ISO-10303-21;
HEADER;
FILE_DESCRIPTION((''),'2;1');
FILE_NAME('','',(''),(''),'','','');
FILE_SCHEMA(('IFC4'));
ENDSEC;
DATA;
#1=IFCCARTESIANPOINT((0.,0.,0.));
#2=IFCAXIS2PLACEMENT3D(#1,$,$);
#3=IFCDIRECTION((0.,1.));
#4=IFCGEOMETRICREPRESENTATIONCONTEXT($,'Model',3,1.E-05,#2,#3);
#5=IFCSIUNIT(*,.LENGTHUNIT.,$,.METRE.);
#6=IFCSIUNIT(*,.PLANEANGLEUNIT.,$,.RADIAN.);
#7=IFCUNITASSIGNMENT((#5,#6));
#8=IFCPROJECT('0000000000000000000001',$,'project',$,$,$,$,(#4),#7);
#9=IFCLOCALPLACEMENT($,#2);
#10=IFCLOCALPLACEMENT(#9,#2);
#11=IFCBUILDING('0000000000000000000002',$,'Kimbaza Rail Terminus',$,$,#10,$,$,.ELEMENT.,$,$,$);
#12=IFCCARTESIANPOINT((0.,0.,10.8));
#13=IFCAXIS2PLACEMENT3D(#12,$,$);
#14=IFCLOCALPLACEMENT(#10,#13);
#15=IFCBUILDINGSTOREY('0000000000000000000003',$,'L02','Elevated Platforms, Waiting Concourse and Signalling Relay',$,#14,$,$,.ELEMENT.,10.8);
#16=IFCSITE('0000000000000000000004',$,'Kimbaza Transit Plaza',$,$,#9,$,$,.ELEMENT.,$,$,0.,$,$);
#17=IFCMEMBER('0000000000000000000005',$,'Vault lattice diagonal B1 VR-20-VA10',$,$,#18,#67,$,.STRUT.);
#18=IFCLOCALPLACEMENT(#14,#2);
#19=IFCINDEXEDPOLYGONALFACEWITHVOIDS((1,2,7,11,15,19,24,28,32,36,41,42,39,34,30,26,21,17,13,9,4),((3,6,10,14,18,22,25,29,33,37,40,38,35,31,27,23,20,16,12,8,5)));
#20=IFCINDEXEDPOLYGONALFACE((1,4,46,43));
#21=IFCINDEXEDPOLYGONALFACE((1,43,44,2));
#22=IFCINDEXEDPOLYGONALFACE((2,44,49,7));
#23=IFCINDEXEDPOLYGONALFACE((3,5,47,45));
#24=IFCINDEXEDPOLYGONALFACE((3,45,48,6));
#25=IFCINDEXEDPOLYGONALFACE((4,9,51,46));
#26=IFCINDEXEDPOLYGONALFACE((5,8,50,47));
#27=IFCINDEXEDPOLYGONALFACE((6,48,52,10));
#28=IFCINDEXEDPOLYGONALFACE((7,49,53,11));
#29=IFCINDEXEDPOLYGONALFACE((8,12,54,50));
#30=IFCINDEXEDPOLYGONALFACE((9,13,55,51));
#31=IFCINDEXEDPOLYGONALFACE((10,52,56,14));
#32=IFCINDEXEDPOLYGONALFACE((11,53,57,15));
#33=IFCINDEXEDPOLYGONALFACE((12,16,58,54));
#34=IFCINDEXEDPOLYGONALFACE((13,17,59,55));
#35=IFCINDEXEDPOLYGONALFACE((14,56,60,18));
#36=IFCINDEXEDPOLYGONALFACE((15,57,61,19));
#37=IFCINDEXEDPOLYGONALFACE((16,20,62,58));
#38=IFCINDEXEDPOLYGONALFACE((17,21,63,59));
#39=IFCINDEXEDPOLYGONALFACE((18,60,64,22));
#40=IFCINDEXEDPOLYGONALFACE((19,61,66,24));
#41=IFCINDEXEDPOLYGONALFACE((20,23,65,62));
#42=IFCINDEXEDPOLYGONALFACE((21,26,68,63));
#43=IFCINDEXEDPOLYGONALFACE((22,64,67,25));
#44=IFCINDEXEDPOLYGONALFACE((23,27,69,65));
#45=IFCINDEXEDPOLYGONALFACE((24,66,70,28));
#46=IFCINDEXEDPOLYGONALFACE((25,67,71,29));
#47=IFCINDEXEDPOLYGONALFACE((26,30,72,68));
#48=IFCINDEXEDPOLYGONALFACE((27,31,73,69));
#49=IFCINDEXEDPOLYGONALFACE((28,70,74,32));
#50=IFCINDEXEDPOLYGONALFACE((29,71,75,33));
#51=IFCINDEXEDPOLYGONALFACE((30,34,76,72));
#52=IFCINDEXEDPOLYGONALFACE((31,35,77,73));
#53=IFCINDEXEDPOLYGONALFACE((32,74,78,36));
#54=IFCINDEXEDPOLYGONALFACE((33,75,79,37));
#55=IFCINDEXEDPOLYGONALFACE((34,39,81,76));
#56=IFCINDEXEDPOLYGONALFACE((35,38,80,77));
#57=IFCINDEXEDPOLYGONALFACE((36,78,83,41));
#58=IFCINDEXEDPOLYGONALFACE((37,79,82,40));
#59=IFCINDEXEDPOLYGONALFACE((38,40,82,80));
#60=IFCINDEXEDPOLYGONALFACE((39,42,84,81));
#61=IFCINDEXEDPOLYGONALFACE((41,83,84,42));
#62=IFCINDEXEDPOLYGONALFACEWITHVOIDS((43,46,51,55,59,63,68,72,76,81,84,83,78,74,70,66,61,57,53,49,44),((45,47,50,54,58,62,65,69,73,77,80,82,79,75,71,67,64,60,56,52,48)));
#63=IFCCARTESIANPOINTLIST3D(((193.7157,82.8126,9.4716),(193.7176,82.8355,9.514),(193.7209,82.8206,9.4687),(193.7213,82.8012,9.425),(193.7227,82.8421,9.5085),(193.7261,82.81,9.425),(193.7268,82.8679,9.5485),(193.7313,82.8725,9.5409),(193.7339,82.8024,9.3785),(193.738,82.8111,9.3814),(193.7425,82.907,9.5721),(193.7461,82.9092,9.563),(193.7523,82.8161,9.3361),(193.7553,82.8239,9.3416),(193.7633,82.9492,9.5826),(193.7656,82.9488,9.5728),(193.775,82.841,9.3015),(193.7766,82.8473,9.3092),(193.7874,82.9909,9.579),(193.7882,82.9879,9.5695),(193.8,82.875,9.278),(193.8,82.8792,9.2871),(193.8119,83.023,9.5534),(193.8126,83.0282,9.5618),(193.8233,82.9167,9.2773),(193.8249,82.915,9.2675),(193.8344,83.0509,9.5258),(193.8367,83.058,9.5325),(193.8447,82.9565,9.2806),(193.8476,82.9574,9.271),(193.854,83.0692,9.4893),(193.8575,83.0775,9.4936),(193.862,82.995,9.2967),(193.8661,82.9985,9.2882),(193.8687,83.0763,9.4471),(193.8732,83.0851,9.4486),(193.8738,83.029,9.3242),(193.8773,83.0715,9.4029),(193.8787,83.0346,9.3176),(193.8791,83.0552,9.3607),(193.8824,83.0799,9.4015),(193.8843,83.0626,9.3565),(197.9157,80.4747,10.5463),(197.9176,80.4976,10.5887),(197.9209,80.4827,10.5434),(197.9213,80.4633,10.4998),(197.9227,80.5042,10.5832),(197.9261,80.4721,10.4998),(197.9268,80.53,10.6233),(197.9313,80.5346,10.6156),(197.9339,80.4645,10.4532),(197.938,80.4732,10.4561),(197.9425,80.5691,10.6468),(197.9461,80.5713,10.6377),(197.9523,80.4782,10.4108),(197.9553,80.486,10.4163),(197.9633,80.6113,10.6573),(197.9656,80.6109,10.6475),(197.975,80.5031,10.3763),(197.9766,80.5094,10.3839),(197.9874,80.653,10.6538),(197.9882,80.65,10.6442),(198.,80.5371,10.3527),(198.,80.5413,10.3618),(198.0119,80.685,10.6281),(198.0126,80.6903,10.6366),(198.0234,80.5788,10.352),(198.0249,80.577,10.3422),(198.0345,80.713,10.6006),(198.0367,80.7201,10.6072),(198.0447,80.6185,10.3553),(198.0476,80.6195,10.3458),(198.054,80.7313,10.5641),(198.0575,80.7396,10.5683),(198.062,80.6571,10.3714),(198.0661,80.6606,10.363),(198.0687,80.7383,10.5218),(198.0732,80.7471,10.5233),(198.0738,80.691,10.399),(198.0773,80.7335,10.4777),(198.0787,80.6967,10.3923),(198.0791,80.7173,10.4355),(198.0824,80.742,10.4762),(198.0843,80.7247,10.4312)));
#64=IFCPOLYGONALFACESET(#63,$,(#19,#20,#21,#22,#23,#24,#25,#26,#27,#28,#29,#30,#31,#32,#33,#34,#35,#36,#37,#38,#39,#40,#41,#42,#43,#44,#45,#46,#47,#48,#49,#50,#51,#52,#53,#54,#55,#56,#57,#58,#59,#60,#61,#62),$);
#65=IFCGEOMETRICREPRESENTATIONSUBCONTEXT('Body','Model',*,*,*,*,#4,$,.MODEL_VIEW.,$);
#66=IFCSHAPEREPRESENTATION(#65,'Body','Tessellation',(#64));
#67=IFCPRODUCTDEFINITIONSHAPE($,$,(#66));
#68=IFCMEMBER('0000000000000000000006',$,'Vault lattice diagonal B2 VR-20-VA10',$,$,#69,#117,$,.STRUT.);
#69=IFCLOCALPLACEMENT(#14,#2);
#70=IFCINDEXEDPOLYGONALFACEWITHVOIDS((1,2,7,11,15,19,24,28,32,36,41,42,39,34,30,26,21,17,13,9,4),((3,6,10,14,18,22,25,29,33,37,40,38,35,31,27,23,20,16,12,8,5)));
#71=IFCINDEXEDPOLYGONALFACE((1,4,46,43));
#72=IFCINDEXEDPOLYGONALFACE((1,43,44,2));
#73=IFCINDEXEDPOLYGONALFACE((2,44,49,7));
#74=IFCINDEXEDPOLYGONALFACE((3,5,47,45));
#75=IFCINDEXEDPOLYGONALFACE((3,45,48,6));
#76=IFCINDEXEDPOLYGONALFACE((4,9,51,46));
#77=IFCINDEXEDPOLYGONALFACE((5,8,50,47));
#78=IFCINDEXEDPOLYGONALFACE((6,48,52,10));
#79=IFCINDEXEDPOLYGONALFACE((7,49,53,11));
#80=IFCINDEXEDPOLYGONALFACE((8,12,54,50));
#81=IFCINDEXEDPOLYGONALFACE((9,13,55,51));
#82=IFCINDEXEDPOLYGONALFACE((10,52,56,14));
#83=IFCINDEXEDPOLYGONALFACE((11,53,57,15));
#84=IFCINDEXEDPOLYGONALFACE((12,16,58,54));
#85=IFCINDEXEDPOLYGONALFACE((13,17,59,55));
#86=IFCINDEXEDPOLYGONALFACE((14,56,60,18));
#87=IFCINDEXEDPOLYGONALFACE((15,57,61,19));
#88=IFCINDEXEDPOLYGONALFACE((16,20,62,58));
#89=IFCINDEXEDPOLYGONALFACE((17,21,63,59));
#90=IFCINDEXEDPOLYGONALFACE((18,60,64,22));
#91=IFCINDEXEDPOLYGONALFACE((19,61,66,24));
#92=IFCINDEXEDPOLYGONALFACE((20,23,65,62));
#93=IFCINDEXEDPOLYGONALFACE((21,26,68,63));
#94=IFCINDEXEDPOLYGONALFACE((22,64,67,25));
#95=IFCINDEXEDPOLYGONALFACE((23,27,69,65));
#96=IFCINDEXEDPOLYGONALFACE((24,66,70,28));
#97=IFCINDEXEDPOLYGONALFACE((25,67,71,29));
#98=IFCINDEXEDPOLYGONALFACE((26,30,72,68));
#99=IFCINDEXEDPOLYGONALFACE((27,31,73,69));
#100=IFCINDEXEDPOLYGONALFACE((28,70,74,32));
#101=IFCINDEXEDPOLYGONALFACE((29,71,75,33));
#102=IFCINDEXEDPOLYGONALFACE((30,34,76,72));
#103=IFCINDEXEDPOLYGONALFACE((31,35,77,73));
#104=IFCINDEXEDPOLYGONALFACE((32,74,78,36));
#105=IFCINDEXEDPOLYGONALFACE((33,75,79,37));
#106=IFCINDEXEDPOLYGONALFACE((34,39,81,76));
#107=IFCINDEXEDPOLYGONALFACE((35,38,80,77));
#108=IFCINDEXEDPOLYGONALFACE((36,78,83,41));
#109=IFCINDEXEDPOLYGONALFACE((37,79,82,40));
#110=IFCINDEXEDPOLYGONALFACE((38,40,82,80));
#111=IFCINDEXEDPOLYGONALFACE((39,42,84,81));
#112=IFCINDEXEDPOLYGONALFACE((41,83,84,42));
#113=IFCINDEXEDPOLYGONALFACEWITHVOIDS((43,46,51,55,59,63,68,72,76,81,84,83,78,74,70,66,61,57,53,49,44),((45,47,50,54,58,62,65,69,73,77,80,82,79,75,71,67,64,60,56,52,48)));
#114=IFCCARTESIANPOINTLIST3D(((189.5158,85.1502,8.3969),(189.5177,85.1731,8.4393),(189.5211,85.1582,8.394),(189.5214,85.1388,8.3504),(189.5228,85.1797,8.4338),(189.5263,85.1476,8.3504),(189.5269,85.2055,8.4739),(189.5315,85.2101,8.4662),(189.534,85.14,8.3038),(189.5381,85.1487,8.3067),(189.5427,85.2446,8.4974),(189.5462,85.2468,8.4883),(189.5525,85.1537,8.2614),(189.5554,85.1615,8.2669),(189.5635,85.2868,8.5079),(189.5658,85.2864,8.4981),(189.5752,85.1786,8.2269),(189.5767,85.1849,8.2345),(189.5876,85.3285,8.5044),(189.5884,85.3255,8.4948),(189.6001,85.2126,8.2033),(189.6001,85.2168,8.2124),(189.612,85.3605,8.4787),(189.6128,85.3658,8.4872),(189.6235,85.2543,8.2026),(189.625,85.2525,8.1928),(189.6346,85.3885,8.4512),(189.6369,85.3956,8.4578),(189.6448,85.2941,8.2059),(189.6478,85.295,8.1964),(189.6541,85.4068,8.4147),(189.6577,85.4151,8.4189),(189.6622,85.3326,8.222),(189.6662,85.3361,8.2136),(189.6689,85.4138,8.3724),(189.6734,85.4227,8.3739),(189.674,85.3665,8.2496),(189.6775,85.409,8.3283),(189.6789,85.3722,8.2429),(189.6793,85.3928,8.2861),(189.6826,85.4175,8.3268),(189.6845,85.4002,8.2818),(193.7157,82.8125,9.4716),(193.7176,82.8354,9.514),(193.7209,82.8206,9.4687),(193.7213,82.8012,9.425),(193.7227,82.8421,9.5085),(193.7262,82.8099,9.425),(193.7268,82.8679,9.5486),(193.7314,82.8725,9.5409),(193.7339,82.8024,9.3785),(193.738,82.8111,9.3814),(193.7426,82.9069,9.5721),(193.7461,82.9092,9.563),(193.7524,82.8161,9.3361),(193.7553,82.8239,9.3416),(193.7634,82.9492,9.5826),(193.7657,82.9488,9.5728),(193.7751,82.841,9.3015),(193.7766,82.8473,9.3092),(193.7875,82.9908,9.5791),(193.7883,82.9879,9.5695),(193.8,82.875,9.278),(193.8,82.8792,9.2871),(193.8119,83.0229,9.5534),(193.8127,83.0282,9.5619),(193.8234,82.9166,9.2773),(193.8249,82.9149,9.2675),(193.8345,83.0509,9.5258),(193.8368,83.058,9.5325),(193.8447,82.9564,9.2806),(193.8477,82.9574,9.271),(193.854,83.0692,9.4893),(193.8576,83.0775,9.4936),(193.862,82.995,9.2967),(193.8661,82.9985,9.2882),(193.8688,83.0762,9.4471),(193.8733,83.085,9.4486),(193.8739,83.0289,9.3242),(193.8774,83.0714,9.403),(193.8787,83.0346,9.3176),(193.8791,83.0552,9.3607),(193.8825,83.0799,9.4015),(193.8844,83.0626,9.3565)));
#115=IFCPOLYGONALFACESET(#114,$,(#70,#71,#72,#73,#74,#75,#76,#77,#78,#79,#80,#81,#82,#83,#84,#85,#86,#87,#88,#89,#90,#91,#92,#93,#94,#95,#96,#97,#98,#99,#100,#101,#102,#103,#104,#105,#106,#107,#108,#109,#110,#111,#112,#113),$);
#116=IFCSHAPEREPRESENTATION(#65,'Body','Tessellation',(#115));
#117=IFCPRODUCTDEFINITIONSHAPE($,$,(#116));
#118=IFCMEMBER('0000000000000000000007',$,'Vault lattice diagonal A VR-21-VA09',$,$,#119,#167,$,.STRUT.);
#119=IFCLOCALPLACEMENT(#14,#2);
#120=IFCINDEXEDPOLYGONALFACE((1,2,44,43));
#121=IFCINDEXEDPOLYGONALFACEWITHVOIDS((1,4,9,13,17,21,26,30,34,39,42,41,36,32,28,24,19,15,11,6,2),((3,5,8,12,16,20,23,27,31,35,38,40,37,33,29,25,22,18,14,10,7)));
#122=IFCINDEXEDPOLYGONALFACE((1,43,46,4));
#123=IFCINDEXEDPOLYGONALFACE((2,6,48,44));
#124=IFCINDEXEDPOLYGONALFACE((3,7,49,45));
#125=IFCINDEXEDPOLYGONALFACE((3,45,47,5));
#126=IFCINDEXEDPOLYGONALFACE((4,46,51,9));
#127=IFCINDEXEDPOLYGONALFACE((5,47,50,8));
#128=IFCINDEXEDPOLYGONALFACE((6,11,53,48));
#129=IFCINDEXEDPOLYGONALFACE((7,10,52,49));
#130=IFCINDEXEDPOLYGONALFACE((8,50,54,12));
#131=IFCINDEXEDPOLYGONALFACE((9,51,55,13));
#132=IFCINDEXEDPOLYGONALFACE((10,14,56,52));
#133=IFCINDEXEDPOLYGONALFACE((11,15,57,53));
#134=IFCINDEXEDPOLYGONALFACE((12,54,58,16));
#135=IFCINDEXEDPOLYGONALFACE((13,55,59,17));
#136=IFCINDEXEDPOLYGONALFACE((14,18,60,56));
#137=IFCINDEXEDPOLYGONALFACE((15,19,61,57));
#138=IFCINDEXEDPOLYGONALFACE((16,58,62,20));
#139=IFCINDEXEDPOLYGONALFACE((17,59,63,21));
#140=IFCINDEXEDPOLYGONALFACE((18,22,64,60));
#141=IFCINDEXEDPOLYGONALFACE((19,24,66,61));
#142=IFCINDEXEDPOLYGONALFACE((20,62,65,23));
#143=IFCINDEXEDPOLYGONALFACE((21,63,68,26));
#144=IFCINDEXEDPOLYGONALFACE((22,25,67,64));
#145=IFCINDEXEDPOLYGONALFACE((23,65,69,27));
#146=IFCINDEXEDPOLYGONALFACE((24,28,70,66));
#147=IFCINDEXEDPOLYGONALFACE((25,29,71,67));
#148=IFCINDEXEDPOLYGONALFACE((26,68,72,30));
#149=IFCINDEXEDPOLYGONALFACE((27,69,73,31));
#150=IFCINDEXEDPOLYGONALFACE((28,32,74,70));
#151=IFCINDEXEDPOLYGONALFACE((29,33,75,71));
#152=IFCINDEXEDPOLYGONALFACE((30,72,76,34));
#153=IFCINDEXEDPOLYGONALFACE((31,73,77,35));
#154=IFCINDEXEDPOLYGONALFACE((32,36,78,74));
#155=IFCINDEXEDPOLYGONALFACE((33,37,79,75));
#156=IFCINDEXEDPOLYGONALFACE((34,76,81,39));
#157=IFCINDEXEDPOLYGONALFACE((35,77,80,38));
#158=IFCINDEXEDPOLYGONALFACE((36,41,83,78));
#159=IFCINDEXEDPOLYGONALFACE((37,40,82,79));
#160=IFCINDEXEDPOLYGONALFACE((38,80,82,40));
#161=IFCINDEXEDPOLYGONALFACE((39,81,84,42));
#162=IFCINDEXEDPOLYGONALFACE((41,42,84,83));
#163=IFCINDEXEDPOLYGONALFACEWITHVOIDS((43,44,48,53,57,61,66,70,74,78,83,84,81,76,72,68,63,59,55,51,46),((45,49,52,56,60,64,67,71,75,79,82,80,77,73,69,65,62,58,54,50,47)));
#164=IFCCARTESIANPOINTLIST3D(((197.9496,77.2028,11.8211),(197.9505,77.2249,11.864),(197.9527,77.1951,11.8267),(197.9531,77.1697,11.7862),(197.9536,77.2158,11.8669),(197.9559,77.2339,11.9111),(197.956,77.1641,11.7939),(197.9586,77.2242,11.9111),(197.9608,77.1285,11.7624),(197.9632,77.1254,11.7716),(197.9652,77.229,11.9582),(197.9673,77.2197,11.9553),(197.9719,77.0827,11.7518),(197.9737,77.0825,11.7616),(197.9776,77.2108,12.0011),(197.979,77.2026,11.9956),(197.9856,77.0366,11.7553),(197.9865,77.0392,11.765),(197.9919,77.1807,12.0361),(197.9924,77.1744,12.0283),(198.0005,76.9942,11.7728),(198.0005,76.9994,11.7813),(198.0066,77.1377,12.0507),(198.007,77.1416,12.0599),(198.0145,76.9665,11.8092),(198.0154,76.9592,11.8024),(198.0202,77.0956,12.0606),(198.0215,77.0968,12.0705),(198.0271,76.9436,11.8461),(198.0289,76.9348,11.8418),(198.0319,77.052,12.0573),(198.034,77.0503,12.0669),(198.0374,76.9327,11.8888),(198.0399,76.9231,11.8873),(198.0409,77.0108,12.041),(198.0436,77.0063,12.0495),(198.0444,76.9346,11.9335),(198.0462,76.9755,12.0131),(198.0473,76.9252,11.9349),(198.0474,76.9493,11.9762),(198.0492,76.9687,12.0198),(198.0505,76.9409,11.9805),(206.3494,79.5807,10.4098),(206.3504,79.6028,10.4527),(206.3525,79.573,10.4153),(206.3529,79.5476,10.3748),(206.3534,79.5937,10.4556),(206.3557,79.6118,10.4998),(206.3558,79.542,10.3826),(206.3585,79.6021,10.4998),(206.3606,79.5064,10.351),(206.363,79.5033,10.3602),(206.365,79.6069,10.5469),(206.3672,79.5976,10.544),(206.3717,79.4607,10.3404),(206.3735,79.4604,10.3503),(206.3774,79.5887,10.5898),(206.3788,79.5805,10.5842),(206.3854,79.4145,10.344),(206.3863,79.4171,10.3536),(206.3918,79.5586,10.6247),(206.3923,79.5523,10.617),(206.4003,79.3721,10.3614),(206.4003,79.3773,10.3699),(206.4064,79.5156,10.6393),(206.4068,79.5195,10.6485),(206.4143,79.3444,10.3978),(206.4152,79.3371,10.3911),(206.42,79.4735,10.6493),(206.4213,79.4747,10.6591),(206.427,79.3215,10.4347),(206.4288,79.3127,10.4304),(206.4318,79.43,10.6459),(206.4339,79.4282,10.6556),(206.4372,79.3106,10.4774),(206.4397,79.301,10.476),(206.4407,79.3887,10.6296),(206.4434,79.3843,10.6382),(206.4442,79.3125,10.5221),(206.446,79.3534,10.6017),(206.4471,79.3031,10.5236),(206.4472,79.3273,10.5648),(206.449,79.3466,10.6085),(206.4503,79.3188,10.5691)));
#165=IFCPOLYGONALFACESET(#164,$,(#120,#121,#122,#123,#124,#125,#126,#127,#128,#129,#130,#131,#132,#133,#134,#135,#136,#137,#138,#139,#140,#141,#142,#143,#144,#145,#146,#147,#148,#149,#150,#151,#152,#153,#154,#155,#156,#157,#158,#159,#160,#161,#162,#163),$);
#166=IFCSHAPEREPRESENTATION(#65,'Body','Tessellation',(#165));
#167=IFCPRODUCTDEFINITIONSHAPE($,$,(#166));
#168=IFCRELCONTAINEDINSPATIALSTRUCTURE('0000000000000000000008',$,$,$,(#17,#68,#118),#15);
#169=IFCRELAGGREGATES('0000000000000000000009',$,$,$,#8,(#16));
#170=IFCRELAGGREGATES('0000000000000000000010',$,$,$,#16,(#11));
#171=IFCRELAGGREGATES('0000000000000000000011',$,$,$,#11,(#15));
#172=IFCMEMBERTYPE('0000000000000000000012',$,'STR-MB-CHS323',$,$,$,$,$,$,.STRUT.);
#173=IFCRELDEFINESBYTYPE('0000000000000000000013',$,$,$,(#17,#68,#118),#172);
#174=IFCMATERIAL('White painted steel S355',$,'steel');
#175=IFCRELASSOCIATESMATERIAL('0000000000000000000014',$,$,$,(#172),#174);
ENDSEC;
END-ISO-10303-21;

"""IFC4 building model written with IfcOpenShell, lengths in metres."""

from ifc_helpers import new_model, si_unit, direction, frame, origin, origin_2d, place, context, subcontext, project, spatial, hollow_circle, extrude, material, material_profile, profile_set, type_object, element, save


model = new_model("IFC4")

# Units and contexts
model_context = context("Model", 3, precision=1e-05, world=origin(), true_north=direction((0.0, 1.0)))
body_context = subcontext(model_context, "Body", "Model", "MODEL_VIEW")
ifc_project = project(units=[si_unit("LENGTHUNIT", "METRE"), si_unit("PLANEANGLEUNIT", "RADIAN")], contexts=[model_context])

# Site, building, storey
site_placement = place(None, origin())
site = spatial("IfcSite", under=ifc_project, at=site_placement, Name="Kimbaza Transit Plaza", CompositionType="ELEMENT", RefElevation=0.0)
building_placement = place(site_placement, origin())
building = spatial("IfcBuilding", under=site, at=building_placement, Name="Kimbaza Rail Terminus", CompositionType="ELEMENT")
storey_placement = place(building_placement, frame((0.0, 0.0, 10.8)))
storey = spatial("IfcBuildingStorey", under=building, at=storey_placement, Name="L02", Description="Elevated Platforms, Waiting Concourse and Signalling Relay", CompositionType="ELEMENT", Elevation=10.8)

# Members
ifc_material_1 = material(Name="White painted steel S355", Category="steel")
ifc_material_profile_1 = material_profile(ifc_material_1, hollow_circle(Radius=0.1619, WallThickness=0.01, at=origin_2d()), Name="CHS 323.9x10")
ifc_profile_set_1 = profile_set([ifc_material_profile_1], Name="White painted steel S355")
member_type_1 = type_object("IfcMemberType", Name="STR-MB-CHS323", PredefinedType="STRUT", material=ifc_profile_set_1)
member_1_placement = place(storey_placement, frame((198.0, 80.6047, 10.4998), z_axis=(-0.852699, 0.474653, -0.218194), x_axis=(-0.486372, -0.873752, 0.0)))
element("IfcMember", 1, at=member_1_placement, inside=storey, type_object=member_type_1, Name="Vault lattice diagonal B1 VR-20-VA10", PredefinedType="STRUT", context=body_context, shape_type="SweptSolid", body=[
    extrude(hollow_circle(Radius=0.1619, WallThickness=0.01, at=origin_2d()), origin(), (0.0, 0.0, 1.0), 4.9255),
])
member_2_placement = place(storey_placement, frame((193.8, 82.9426, 9.425), z_axis=(-0.85272, 0.474614, -0.218199), x_axis=(-0.486333, -0.873774, 0.0)))
element("IfcMember", 2, at=member_2_placement, inside=storey, type_object=member_type_1, Name="Vault lattice diagonal B2 VR-20-VA10", PredefinedType="STRUT", context=body_context, shape_type="SweptSolid", body=[
    extrude(hollow_circle(Radius=0.1619, WallThickness=0.01, at=origin_2d()), origin(), (0.0, 0.0, 1.0), 4.9253),
])
member_3_placement = place(storey_placement, frame((198.0, 77.0781, 11.9111), z_axis=(0.949855, 0.268895, -0.159597), x_axis=(-0.272386, 0.962188, 0.0)))
element("IfcMember", 3, at=member_3_placement, inside=storey, type_object=member_type_1, Name="Vault lattice diagonal A VR-21-VA09", PredefinedType="STRUT", context=body_context, shape_type="SweptSolid", body=[
    extrude(hollow_circle(Radius=0.1619, WallThickness=0.01, at=origin_2d()), origin(), (0.0, 0.0, 1.0), 8.8433),
])

save(model, "model.ifc")
